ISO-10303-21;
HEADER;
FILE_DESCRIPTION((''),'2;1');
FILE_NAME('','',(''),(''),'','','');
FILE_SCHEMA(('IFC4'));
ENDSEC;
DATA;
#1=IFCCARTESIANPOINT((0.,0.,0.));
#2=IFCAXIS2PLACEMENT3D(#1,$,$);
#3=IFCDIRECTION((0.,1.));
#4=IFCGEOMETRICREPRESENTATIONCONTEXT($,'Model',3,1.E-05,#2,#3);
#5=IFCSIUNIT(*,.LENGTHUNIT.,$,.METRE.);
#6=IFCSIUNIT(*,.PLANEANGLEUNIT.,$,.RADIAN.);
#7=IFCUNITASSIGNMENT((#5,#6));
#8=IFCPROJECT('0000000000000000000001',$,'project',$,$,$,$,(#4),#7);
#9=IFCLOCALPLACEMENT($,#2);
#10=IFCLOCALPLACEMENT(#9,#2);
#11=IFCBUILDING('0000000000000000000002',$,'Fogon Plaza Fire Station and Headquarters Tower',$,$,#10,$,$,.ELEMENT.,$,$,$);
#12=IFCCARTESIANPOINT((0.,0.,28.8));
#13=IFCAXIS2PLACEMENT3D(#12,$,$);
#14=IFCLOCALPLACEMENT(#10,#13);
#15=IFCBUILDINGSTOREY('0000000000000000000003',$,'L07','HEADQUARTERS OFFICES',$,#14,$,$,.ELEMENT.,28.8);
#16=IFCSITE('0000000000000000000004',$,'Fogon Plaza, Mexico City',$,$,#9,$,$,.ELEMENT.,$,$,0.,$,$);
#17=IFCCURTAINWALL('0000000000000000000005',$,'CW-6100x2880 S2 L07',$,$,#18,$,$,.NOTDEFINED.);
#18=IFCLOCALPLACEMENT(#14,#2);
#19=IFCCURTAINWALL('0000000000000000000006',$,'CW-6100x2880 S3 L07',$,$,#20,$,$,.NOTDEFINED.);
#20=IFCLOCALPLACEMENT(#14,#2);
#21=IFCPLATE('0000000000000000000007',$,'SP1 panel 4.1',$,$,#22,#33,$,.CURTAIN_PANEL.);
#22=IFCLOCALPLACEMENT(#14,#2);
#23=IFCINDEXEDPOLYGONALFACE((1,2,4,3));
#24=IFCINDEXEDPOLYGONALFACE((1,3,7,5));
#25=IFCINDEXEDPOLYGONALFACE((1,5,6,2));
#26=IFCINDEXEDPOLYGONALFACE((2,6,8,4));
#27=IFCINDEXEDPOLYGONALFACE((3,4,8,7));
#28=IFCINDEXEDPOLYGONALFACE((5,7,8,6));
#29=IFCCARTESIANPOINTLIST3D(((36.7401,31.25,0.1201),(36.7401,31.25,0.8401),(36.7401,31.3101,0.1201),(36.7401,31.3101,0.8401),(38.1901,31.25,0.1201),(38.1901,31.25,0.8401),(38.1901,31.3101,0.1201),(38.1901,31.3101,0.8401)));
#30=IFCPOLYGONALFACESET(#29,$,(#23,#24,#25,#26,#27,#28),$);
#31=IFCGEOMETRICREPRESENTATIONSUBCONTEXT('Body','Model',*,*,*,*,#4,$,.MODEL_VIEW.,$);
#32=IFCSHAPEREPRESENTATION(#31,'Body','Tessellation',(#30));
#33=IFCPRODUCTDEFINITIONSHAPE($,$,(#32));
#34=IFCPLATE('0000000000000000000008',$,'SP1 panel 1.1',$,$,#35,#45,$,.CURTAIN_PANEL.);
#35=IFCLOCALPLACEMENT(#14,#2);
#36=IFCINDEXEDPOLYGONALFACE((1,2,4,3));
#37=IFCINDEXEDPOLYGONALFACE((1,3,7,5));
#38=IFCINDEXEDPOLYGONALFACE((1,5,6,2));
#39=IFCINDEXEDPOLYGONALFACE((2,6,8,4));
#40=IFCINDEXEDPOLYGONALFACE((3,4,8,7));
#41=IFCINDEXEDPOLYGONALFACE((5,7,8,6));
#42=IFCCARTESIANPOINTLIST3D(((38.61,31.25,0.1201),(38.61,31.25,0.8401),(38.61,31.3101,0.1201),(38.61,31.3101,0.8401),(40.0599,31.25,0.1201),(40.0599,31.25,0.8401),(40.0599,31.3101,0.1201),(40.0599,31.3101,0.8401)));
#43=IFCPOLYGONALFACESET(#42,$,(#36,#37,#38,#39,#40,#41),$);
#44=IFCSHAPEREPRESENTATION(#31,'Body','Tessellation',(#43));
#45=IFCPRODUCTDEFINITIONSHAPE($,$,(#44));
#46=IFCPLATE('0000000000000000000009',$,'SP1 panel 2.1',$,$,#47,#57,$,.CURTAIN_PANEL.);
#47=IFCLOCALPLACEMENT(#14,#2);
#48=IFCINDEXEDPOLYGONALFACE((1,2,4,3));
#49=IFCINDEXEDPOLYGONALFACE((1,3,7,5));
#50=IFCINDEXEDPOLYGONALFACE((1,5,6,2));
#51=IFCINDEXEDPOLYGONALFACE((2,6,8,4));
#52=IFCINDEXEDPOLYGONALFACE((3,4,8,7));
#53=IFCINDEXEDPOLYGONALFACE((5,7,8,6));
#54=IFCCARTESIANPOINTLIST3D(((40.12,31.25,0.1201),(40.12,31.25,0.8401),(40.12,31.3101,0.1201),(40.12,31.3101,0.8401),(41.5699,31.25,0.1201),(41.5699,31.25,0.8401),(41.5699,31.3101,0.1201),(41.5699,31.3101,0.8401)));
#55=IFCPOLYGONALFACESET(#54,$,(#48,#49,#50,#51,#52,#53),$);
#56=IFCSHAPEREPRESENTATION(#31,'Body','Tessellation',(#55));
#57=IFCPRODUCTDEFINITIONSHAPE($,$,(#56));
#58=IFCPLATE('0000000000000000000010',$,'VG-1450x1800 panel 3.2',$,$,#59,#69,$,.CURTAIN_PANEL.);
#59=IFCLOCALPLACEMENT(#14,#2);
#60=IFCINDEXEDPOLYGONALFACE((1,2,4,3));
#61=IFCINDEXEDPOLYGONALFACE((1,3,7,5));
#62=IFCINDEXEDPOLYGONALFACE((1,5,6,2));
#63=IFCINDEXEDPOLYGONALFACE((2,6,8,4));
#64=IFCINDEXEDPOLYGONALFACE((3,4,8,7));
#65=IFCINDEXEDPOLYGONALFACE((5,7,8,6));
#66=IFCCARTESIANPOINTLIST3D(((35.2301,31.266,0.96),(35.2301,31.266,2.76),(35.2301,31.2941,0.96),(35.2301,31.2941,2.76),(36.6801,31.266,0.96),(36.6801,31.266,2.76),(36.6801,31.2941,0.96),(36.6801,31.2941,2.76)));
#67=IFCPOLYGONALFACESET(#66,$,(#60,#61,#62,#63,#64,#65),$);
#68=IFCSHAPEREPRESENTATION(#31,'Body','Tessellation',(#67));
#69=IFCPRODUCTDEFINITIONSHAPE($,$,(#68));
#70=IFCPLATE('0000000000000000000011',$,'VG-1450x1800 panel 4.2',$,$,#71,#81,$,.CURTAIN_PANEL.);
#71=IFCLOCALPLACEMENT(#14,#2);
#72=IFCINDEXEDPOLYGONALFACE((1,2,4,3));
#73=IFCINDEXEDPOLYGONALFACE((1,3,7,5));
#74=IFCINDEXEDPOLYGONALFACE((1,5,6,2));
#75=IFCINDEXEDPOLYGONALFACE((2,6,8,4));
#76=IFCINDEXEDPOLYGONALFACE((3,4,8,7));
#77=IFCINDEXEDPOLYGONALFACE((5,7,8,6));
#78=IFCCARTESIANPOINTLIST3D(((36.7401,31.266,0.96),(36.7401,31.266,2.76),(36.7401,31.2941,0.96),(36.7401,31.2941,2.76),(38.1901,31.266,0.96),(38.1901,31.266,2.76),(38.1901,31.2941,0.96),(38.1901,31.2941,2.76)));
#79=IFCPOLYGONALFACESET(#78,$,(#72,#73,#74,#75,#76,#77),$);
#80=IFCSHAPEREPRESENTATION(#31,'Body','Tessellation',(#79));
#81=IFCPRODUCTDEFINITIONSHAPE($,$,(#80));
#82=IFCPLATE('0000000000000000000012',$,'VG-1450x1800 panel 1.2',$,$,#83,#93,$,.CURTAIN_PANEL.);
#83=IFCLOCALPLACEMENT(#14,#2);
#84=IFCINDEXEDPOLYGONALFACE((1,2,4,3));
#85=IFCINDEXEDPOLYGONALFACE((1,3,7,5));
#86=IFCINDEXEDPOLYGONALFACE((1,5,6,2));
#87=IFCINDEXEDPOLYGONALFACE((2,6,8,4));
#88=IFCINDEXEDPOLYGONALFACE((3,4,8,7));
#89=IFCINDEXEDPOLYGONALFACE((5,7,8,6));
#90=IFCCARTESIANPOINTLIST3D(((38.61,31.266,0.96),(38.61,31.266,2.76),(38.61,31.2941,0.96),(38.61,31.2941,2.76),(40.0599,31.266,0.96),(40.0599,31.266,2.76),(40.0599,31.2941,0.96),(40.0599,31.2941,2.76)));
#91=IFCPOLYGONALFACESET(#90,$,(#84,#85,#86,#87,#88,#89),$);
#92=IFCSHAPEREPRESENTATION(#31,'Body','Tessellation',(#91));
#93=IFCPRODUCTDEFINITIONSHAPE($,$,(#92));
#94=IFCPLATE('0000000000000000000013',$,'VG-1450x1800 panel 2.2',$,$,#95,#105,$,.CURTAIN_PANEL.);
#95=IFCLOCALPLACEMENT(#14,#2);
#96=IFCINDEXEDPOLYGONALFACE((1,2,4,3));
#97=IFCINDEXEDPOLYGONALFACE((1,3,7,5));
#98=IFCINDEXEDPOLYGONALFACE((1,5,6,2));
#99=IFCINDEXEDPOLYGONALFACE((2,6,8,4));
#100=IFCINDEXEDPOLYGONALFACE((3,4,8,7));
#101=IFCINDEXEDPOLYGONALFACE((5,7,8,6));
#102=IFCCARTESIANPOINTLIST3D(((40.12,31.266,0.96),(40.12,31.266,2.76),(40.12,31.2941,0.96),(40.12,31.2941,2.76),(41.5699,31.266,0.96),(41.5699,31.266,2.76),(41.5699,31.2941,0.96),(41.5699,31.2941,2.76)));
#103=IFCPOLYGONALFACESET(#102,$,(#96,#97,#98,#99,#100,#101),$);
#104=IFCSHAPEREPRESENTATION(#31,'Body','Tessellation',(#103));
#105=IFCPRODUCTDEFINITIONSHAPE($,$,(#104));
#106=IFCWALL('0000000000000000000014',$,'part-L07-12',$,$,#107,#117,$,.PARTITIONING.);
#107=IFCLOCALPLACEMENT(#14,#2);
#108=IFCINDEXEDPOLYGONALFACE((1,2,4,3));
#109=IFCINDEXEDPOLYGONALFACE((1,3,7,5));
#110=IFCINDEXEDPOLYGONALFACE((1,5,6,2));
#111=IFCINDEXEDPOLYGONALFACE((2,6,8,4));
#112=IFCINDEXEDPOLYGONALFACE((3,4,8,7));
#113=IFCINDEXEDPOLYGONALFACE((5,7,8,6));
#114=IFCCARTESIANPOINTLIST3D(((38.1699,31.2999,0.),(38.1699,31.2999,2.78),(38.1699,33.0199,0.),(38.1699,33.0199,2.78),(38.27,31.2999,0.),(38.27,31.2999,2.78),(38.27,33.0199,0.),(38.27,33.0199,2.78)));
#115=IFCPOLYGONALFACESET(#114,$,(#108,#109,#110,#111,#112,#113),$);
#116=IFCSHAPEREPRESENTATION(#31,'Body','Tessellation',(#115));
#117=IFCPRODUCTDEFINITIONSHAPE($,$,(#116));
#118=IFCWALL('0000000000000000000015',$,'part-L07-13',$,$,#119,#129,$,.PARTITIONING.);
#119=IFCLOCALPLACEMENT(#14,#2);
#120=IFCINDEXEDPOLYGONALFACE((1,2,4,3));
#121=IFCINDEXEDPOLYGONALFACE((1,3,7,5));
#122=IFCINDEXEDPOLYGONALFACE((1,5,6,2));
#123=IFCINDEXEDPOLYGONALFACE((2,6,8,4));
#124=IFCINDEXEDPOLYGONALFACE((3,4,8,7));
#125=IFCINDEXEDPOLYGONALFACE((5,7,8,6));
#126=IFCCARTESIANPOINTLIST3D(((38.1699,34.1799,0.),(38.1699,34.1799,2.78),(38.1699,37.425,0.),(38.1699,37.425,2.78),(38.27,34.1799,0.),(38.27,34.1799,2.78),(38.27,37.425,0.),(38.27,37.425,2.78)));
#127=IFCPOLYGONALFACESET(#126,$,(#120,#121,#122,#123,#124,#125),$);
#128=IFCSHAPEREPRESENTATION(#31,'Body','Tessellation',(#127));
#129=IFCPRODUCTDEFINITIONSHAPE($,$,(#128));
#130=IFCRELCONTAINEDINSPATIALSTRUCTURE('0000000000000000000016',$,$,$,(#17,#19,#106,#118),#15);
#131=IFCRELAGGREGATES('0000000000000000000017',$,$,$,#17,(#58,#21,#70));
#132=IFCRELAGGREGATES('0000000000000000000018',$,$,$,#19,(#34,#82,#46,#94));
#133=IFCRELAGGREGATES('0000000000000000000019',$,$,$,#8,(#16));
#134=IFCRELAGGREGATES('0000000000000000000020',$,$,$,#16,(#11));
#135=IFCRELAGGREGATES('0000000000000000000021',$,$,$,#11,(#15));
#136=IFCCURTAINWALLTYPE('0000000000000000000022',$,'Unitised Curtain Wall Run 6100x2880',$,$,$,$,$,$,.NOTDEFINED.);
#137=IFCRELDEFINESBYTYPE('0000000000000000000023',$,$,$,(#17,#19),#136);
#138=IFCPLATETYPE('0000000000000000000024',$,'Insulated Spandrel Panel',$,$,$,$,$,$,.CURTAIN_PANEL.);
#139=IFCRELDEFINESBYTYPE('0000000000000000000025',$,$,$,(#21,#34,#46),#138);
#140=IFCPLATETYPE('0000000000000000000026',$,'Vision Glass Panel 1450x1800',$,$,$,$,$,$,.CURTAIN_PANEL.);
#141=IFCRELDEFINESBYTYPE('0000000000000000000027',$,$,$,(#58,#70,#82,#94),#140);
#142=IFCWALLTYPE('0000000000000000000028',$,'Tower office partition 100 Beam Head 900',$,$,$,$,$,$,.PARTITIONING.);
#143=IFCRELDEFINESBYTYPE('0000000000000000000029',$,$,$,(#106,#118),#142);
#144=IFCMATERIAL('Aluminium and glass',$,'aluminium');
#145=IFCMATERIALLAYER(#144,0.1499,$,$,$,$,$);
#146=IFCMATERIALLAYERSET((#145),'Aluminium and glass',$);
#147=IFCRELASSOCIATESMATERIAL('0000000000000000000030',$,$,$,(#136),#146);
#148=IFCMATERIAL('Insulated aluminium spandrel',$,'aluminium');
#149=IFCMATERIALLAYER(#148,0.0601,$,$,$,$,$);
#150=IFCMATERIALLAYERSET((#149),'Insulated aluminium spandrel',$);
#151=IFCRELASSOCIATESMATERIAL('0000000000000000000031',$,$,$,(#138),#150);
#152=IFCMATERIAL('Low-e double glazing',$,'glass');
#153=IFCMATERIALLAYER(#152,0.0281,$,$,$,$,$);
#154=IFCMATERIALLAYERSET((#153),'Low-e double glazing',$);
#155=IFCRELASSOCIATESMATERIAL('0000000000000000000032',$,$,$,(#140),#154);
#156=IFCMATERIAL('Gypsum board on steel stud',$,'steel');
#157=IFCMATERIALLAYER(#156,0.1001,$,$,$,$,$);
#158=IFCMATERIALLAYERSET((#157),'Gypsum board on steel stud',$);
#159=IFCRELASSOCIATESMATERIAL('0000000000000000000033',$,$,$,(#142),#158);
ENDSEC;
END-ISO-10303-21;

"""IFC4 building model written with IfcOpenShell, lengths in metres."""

from ifc_helpers import new_model, si_unit, direction, frame, frame_2d, origin, origin_2d, place, context, subcontext, project, spatial, rectangle, extrude, material, layer, layer_set, type_object, element, aggregate, save


model = new_model("IFC4")

# Units and contexts
model_context = context("Model", 3, precision=1e-05, world=origin(), true_north=direction((0.0, 1.0)))
body_context = subcontext(model_context, "Body", "Model", "MODEL_VIEW")
ifc_project = project(units=[si_unit("LENGTHUNIT", "METRE"), si_unit("PLANEANGLEUNIT", "RADIAN")], contexts=[model_context])

# Site, building, storey
site_placement = place(None, origin())
site = spatial("IfcSite", under=ifc_project, at=site_placement, Name="Fogon Plaza, Mexico City", CompositionType="ELEMENT", RefElevation=0.0)
building_placement = place(site_placement, origin())
building = spatial("IfcBuilding", under=site, at=building_placement, Name="Fogon Plaza Fire Station and Headquarters Tower", CompositionType="ELEMENT")
storey_placement = place(building_placement, frame((0.0, 0.0, 28.8)))
storey = spatial("IfcBuildingStorey", under=building, at=storey_placement, Name="L07", Description="HEADQUARTERS OFFICES", CompositionType="ELEMENT", Elevation=28.8)

# Curtain walls
ifc_material_1 = material(Name="Aluminium and glass", Category="aluminium")
ifc_layer_1 = layer(ifc_material_1, 0.1499)
ifc_layer_set_1 = layer_set([ifc_layer_1], Name="Aluminium and glass")
curtain_wall_type = type_object("IfcCurtainWallType", Name="Unitised Curtain Wall Run 6100x2880", PredefinedType="NOTDEFINED", material=ifc_layer_set_1)
curtain_wall_1_placement = place(storey_placement, origin())
curtain_wall_1 = element("IfcCurtainWall", 1, at=curtain_wall_1_placement, inside=storey, type_object=curtain_wall_type, Name="CW-6100x2880 S2 L07", PredefinedType="NOTDEFINED")
curtain_wall_2_placement = place(storey_placement, origin())
curtain_wall_2 = element("IfcCurtainWall", 2, at=curtain_wall_2_placement, inside=storey, type_object=curtain_wall_type, Name="CW-6100x2880 S3 L07", PredefinedType="NOTDEFINED")

# Plates
ifc_material_2 = material(Name="Insulated aluminium spandrel", Category="aluminium")
ifc_layer_2 = layer(ifc_material_2, 0.0601)
ifc_layer_set_2 = layer_set([ifc_layer_2], Name="Insulated aluminium spandrel")
plate_type_1 = type_object("IfcPlateType", Name="Insulated Spandrel Panel", PredefinedType="CURTAIN_PANEL", material=ifc_layer_set_2)
plate_1_placement = place(storey_placement, frame((37.4651, 31.28, 0.1201), z_axis=(0.0, 0.0, 1.0), x_axis=(1.0, 0.0, 0.0)))
plate_1 = element("IfcPlate", 3, at=plate_1_placement, type_object=plate_type_1, Name="SP1 panel 4.1", PredefinedType="CURTAIN_PANEL", context=body_context, shape_type="SweptSolid", body=[
    extrude(rectangle(XDim=1.45, YDim=0.0601, at=origin_2d()), origin(), (0.0, 0.0, 1.0), 0.72),
])
plate_2_placement = place(storey_placement, frame((39.335, 31.28, 0.1201), z_axis=(0.0, 0.0, 1.0), x_axis=(1.0, 0.0, 0.0)))
plate_2 = element("IfcPlate", 4, at=plate_2_placement, type_object=plate_type_1, Name="SP1 panel 1.1", PredefinedType="CURTAIN_PANEL", context=body_context, shape_type="SweptSolid", body=[
    extrude(rectangle(XDim=1.45, YDim=0.0601, at=origin_2d()), origin(), (0.0, 0.0, 1.0), 0.72),
])
plate_3_placement = place(storey_placement, frame((40.845, 31.28, 0.1201), z_axis=(0.0, 0.0, 1.0), x_axis=(1.0, 0.0, 0.0)))
plate_3 = element("IfcPlate", 5, at=plate_3_placement, type_object=plate_type_1, Name="SP1 panel 2.1", PredefinedType="CURTAIN_PANEL", context=body_context, shape_type="SweptSolid", body=[
    extrude(rectangle(XDim=1.45, YDim=0.0601, at=origin_2d()), origin(), (0.0, 0.0, 1.0), 0.72),
])
ifc_material_3 = material(Name="Low-e double glazing", Category="glass")
ifc_layer_3 = layer(ifc_material_3, 0.0281)
ifc_layer_set_3 = layer_set([ifc_layer_3], Name="Low-e double glazing")
plate_type_2 = type_object("IfcPlateType", Name="Vision Glass Panel 1450x1800", PredefinedType="CURTAIN_PANEL", material=ifc_layer_set_3)
plate_4_placement = place(storey_placement, frame((35.9551, 31.28, 0.96), z_axis=(0.0, 0.0, 1.0), x_axis=(1.0, 0.0, 0.0)))
plate_4 = element("IfcPlate", 6, at=plate_4_placement, type_object=plate_type_2, Name="VG-1450x1800 panel 3.2", PredefinedType="CURTAIN_PANEL", context=body_context, shape_type="SweptSolid", body=[
    extrude(rectangle(XDim=1.45, YDim=0.0281, at=origin_2d()), origin(), (0.0, 0.0, 1.0), 1.8),
])
plate_5_placement = place(storey_placement, frame((37.4651, 31.28, 0.96), z_axis=(0.0, 0.0, 1.0), x_axis=(1.0, 0.0, 0.0)))
plate_5 = element("IfcPlate", 7, at=plate_5_placement, type_object=plate_type_2, Name="VG-1450x1800 panel 4.2", PredefinedType="CURTAIN_PANEL", context=body_context, shape_type="SweptSolid", body=[
    extrude(rectangle(XDim=1.45, YDim=0.0281, at=origin_2d()), origin(), (0.0, 0.0, 1.0), 1.8),
])
aggregate(curtain_wall_1, [plate_4, plate_1, plate_5])
plate_6_placement = place(storey_placement, frame((39.335, 31.28, 0.96), z_axis=(0.0, 0.0, 1.0), x_axis=(1.0, 0.0, 0.0)))
plate_6 = element("IfcPlate", 8, at=plate_6_placement, type_object=plate_type_2, Name="VG-1450x1800 panel 1.2", PredefinedType="CURTAIN_PANEL", context=body_context, shape_type="SweptSolid", body=[
    extrude(rectangle(XDim=1.45, YDim=0.0281, at=origin_2d()), origin(), (0.0, 0.0, 1.0), 1.8),
])
plate_7_placement = place(storey_placement, frame((40.845, 31.28, 0.96), z_axis=(0.0, 0.0, 1.0), x_axis=(1.0, 0.0, 0.0)))
plate_7 = element("IfcPlate", 9, at=plate_7_placement, type_object=plate_type_2, Name="VG-1450x1800 panel 2.2", PredefinedType="CURTAIN_PANEL", context=body_context, shape_type="SweptSolid", body=[
    extrude(rectangle(XDim=1.45, YDim=0.0281, at=origin_2d()), origin(), (0.0, 0.0, 1.0), 1.8),
])
aggregate(curtain_wall_2, [plate_2, plate_6, plate_3, plate_7])

# Walls
ifc_material_4 = material(Name="Gypsum board on steel stud", Category="steel")
ifc_layer_4 = layer(ifc_material_4, 0.1001)
ifc_layer_set_4 = layer_set([ifc_layer_4], Name="Gypsum board on steel stud")
wall_type = type_object("IfcWallType", Name="Tower office partition 100 Beam Head 900", PredefinedType="PARTITIONING", material=ifc_layer_set_4)
wall_1_placement = place(storey_placement, frame((38.22, 31.3, 0.0), z_axis=(0.0, 0.0, 1.0), x_axis=(0.0, 1.0, 0.0)))
element("IfcWall", 10, at=wall_1_placement, inside=storey, type_object=wall_type, Name="part-L07-12", PredefinedType="PARTITIONING", context=body_context, shape_type="SweptSolid", body=[
    extrude(rectangle(XDim=1.72, YDim=0.1001, at=frame_2d((0.8599, 0.0))), origin(), (0.0, 0.0, 1.0), 2.78),
])
wall_2_placement = place(storey_placement, frame((38.22, 34.1799, 0.0), z_axis=(0.0, 0.0, 1.0), x_axis=(0.0, 1.0, 0.0)))
element("IfcWall", 11, at=wall_2_placement, inside=storey, type_object=wall_type, Name="part-L07-13", PredefinedType="PARTITIONING", context=body_context, shape_type="SweptSolid", body=[
    extrude(rectangle(XDim=3.2451, YDim=0.1001, at=frame_2d((1.6226, 0.0))), origin(), (0.0, 0.0, 1.0), 2.78),
])

save(model, "model.ifc")
